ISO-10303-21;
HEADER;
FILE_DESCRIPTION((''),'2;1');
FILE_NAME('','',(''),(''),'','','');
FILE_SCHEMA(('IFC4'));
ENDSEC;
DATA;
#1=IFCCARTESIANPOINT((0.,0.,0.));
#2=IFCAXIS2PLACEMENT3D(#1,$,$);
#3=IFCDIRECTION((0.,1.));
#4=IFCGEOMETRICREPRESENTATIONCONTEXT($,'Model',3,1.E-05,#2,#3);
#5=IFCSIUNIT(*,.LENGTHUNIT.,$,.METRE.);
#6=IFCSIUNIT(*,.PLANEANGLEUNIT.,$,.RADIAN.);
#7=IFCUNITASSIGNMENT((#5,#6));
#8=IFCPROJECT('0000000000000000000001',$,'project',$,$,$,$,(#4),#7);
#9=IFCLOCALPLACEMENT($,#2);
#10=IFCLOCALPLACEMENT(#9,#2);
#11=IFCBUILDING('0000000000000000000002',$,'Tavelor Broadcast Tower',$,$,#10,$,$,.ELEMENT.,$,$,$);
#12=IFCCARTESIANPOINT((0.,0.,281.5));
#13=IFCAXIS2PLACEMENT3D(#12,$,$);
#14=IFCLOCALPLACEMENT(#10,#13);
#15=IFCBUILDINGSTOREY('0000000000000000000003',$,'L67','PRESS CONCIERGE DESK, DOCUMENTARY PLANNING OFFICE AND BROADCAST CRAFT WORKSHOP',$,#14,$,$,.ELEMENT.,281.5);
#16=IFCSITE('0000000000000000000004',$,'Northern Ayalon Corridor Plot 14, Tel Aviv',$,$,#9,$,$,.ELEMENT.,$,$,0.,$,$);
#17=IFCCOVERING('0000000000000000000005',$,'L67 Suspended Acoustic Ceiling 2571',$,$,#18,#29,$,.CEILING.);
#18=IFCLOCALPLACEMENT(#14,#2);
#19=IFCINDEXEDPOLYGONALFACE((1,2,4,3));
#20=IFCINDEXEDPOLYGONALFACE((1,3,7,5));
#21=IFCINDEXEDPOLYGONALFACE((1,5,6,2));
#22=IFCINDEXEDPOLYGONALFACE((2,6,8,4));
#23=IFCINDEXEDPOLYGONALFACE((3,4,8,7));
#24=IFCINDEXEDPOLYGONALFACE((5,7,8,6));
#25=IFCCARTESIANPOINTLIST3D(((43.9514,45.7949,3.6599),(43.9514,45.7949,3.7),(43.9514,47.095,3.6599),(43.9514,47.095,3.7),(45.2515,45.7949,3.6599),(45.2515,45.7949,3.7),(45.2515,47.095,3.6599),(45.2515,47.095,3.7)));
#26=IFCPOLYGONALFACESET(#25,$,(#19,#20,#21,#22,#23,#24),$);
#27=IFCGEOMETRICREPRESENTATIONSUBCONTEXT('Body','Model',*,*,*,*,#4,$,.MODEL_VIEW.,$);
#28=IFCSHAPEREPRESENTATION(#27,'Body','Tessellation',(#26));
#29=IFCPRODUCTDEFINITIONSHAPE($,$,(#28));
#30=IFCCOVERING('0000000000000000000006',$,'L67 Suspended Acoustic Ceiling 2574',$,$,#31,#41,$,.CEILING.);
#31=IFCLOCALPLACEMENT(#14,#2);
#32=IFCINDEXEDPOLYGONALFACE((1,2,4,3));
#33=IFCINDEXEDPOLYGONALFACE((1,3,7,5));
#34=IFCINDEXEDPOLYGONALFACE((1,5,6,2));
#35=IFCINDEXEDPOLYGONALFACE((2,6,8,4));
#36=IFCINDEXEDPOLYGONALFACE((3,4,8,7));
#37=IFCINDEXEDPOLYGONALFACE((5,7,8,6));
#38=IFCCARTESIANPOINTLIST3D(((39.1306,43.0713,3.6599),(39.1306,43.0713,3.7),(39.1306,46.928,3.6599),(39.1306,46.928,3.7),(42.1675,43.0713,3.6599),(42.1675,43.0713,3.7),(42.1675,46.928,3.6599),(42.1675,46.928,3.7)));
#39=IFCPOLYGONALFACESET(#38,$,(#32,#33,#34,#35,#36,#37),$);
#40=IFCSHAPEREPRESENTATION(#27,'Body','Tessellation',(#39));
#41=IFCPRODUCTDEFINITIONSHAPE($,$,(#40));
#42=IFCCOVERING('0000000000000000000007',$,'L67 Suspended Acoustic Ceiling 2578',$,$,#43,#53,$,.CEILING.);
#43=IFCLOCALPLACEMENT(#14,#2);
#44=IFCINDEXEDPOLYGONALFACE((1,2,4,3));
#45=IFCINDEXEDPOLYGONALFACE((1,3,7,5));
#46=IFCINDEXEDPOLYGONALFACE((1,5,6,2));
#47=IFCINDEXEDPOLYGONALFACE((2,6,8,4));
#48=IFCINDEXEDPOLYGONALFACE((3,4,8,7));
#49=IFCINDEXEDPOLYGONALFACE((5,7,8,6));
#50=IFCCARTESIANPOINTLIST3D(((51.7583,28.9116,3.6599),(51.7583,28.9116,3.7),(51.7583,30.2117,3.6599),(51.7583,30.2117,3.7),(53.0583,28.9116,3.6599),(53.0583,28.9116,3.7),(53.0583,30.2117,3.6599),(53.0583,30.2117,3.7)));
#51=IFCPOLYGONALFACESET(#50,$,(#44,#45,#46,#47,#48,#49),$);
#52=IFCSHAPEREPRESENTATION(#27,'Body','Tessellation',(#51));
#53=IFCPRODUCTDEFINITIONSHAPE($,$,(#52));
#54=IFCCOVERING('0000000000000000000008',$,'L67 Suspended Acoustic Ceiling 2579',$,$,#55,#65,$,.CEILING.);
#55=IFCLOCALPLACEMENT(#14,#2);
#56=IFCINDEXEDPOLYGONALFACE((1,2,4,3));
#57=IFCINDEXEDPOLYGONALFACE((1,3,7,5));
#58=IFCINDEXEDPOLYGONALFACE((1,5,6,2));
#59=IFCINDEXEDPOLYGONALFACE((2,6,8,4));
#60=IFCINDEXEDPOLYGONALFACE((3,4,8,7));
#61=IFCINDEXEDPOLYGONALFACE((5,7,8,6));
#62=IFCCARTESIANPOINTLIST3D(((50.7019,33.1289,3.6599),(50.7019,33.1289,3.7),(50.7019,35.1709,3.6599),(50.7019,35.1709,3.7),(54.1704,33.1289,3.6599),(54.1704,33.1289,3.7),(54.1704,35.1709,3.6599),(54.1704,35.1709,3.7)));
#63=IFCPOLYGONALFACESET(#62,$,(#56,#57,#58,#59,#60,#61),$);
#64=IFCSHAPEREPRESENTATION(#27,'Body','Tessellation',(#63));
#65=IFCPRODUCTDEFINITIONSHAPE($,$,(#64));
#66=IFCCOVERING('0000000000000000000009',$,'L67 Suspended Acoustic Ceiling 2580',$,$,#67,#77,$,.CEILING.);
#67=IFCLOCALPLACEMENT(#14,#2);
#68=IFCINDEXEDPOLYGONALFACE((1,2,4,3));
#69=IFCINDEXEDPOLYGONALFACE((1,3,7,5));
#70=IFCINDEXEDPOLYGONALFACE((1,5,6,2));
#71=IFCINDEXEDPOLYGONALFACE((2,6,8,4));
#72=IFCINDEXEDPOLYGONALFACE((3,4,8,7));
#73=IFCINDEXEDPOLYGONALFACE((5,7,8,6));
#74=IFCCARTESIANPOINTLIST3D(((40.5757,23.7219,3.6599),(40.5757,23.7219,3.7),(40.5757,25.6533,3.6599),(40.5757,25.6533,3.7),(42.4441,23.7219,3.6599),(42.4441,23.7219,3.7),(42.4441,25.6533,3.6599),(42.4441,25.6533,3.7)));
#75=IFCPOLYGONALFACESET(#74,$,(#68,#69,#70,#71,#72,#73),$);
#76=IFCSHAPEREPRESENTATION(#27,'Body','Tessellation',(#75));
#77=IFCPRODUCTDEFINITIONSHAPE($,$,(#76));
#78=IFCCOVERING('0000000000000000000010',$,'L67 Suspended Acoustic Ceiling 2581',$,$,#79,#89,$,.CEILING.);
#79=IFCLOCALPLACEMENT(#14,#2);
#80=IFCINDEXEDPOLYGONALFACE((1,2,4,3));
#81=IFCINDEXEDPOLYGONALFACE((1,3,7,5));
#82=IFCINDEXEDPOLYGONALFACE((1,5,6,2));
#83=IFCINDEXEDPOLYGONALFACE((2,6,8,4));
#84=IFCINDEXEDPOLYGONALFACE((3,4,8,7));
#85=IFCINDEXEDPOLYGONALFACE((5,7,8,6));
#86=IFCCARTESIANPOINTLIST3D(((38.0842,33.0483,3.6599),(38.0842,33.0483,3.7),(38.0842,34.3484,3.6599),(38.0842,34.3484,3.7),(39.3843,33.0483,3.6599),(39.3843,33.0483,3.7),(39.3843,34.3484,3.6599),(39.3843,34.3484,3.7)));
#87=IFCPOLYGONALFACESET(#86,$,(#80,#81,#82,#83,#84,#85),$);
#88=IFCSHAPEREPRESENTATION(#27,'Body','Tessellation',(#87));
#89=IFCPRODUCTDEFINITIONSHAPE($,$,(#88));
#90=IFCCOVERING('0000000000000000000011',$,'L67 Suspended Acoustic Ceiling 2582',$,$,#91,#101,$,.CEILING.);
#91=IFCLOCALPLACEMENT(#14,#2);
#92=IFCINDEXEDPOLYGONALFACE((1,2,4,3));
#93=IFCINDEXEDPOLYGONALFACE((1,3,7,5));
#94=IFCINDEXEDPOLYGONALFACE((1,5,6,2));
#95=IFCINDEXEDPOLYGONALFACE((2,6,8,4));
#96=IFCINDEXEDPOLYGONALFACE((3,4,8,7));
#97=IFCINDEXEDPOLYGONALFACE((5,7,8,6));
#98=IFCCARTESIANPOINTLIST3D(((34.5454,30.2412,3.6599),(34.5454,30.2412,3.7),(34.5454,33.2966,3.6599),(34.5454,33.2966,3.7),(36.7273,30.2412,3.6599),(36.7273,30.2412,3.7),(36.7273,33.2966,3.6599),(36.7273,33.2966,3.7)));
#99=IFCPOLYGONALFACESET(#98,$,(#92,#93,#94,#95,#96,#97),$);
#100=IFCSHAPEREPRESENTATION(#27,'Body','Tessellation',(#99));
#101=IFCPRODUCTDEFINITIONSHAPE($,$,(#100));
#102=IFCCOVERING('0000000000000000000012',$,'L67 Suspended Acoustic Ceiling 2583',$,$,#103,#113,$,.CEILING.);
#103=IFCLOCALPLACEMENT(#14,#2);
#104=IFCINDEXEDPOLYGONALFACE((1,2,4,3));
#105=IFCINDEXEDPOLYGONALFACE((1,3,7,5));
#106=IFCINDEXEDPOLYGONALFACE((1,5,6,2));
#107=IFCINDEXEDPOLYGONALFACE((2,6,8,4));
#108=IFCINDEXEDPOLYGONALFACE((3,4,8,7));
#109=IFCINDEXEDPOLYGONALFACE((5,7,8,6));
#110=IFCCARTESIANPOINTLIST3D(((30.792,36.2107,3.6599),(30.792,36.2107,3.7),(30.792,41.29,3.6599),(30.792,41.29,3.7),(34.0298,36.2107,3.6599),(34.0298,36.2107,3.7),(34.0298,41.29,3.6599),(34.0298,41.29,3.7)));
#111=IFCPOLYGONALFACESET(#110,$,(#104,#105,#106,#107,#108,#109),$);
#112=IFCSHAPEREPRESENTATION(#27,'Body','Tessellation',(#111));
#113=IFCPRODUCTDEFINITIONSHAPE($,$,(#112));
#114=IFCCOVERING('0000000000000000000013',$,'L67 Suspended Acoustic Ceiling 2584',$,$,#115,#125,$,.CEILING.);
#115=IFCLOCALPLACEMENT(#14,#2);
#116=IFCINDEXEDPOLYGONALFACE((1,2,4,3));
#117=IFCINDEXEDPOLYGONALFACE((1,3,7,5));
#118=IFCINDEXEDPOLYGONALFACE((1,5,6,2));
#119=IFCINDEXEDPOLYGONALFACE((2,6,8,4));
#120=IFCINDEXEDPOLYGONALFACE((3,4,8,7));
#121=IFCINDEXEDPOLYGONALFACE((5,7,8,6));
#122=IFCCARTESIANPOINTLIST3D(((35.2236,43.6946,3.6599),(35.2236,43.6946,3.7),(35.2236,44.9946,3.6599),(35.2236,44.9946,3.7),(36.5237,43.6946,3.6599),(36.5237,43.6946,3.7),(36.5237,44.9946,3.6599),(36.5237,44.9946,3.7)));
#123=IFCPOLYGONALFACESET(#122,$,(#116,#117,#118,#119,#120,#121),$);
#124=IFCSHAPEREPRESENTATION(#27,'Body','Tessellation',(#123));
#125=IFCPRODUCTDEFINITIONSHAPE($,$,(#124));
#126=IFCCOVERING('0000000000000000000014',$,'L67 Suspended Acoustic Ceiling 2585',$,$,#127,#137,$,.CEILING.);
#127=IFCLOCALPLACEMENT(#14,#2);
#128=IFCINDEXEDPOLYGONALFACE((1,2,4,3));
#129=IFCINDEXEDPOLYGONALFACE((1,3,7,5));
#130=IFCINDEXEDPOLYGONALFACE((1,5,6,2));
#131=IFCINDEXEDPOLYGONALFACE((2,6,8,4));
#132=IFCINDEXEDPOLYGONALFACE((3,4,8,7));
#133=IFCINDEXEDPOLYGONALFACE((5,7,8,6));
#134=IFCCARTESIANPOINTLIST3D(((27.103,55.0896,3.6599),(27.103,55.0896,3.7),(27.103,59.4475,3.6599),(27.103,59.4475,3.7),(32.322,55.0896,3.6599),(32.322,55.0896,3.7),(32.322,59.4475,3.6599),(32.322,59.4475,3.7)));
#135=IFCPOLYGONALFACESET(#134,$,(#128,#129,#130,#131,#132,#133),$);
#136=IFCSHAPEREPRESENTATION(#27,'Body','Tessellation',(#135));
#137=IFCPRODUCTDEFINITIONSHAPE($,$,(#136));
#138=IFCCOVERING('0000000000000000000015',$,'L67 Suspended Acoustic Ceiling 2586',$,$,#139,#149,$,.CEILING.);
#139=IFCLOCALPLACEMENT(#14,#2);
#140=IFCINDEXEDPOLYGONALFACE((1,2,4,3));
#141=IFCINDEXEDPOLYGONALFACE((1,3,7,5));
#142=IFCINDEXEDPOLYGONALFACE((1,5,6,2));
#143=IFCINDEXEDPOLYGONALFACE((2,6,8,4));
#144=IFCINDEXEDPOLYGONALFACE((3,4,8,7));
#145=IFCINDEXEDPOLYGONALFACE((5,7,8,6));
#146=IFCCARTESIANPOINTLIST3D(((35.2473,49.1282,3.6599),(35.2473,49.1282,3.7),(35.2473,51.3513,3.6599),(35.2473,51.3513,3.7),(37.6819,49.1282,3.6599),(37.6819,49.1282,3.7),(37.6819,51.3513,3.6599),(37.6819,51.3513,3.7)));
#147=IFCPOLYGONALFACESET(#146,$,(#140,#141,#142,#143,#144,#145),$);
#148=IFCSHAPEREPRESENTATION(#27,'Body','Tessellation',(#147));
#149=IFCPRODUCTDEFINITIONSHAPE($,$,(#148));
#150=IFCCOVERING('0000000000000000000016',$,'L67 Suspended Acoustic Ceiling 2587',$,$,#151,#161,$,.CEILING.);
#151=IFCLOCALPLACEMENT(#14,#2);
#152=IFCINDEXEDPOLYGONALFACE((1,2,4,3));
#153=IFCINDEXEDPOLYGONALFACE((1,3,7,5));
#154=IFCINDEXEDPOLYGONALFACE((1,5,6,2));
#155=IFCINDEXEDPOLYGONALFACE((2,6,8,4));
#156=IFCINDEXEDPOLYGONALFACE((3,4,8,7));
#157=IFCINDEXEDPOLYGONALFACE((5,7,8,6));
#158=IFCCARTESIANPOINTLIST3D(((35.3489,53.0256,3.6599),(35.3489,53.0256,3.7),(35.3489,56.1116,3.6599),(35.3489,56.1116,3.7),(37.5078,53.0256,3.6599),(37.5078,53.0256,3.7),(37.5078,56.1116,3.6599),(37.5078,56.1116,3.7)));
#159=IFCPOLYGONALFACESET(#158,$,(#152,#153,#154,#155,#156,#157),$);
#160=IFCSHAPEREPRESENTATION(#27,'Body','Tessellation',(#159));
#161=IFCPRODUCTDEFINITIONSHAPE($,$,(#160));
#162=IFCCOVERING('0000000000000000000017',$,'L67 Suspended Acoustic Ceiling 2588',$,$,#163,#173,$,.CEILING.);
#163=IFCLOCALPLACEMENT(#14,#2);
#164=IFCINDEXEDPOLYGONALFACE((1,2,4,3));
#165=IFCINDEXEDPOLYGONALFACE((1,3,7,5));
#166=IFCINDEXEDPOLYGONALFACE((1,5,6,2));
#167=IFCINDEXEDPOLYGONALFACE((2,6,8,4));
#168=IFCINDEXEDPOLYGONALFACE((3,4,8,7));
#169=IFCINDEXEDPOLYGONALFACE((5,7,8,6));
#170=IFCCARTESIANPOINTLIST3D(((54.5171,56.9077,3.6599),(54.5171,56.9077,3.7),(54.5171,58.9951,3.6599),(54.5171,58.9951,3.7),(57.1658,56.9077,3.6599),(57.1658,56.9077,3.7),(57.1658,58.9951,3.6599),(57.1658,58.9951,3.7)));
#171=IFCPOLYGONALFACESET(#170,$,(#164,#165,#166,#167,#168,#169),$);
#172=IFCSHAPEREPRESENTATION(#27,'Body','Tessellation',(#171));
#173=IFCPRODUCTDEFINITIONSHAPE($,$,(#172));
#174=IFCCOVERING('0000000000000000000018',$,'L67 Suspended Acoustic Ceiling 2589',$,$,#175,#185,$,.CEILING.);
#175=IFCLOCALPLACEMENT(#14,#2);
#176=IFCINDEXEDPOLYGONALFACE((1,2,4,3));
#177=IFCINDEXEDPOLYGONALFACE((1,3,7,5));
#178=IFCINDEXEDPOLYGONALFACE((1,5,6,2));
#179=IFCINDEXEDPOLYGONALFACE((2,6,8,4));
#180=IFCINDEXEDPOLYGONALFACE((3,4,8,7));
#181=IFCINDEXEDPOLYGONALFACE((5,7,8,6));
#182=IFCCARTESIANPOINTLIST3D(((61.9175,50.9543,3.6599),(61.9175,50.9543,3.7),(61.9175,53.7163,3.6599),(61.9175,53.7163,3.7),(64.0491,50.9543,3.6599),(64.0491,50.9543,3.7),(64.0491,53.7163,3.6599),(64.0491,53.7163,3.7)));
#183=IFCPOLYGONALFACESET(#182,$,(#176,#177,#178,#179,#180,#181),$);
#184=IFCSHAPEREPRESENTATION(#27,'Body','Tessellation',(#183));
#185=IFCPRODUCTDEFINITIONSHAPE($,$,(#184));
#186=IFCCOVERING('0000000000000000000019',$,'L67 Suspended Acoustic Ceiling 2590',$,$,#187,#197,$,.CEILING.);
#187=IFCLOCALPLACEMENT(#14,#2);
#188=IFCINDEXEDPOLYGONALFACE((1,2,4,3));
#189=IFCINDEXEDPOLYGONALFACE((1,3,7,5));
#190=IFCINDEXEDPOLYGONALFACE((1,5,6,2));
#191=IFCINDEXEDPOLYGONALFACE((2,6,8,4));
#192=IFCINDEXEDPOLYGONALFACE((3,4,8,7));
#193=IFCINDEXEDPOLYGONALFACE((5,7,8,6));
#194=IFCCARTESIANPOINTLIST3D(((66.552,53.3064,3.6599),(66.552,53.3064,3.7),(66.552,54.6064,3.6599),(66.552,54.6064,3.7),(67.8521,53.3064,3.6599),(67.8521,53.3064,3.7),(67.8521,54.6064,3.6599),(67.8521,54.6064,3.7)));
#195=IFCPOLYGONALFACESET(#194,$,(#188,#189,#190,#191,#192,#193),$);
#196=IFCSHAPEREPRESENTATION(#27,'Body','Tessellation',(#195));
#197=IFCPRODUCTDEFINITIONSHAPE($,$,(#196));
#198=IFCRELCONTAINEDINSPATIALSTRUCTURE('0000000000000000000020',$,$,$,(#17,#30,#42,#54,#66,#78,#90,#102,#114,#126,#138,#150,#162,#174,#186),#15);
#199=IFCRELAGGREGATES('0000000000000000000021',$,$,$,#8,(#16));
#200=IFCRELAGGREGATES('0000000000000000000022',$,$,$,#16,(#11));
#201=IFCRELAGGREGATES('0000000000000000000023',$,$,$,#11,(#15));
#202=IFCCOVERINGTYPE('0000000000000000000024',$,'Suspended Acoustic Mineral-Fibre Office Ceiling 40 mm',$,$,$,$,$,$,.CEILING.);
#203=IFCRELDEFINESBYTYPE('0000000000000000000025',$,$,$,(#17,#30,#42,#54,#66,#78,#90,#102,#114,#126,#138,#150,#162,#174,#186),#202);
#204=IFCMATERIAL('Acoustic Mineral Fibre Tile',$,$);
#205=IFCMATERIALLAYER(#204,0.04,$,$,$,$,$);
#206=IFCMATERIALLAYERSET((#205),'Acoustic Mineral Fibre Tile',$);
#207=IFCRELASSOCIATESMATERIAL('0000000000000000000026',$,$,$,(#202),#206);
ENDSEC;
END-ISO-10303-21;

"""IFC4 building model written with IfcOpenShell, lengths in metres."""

from ifc_helpers import new_model, si_unit, direction, frame, origin, place, context, subcontext, project, spatial, polyline, outline, extrude, material, layer, layer_set, type_object, element, save


model = new_model("IFC4")

# Units and contexts
model_context = context("Model", 3, precision=1e-05, world=origin(), true_north=direction((0.0, 1.0)))
body_context = subcontext(model_context, "Body", "Model", "MODEL_VIEW")
ifc_project = project(units=[si_unit("LENGTHUNIT", "METRE"), si_unit("PLANEANGLEUNIT", "RADIAN")], contexts=[model_context])

# Site, building, storey
site_placement = place(None, origin())
site = spatial("IfcSite", under=ifc_project, at=site_placement, Name="Northern Ayalon Corridor Plot 14, Tel Aviv", CompositionType="ELEMENT", RefElevation=0.0)
building_placement = place(site_placement, origin())
building = spatial("IfcBuilding", under=site, at=building_placement, Name="Tavelor Broadcast Tower", CompositionType="ELEMENT")
storey_placement = place(building_placement, frame((0.0, 0.0, 281.5)))
storey = spatial("IfcBuildingStorey", under=building, at=storey_placement, Name="L67", Description="PRESS CONCIERGE DESK, DOCUMENTARY PLANNING OFFICE AND BROADCAST CRAFT WORKSHOP", CompositionType="ELEMENT", Elevation=281.5)

# Coverings
ifc_material_1 = material(Name="Acoustic Mineral Fibre Tile")
ifc_layer_1 = layer(ifc_material_1, 0.04)
ifc_layer_set_1 = layer_set([ifc_layer_1], Name="Acoustic Mineral Fibre Tile")
covering_type_1 = type_object("IfcCoveringType", Name="Suspended Acoustic Mineral-Fibre Office Ceiling 40 mm", PredefinedType="CEILING", material=ifc_layer_set_1)
covering_1_placement = place(storey_placement, frame((0.0, 0.0, 3.6599)))
element("IfcCovering", 1, at=covering_1_placement, inside=storey, type_object=covering_type_1, Name="L67 Suspended Acoustic Ceiling 2571", PredefinedType="CEILING", context=body_context, shape_type="SweptSolid", body=[
    extrude(outline(polyline([(43.9514, 45.7949), (45.2515, 45.7949), (45.2515, 47.095), (43.9514, 47.095), (43.9514, 45.7949)])), origin(), (0.0, 0.0, 1.0), 0.04),
])
covering_2_placement = place(storey_placement, frame((0.0, 0.0, 3.6599)))
element("IfcCovering", 2, at=covering_2_placement, inside=storey, type_object=covering_type_1, Name="L67 Suspended Acoustic Ceiling 2574", PredefinedType="CEILING", context=body_context, shape_type="SweptSolid", body=[
    extrude(outline(polyline([(39.1306, 43.0713), (42.1675, 43.0713), (42.1675, 46.928), (39.1306, 46.928), (39.1306, 43.0713)])), origin(), (0.0, 0.0, 1.0), 0.04),
])
covering_3_placement = place(storey_placement, frame((0.0, 0.0, 3.6599)))
element("IfcCovering", 3, at=covering_3_placement, inside=storey, type_object=covering_type_1, Name="L67 Suspended Acoustic Ceiling 2578", PredefinedType="CEILING", context=body_context, shape_type="SweptSolid", body=[
    extrude(outline(polyline([(51.7583, 28.9116), (53.0583, 28.9116), (53.0583, 30.2117), (51.7583, 30.2117), (51.7583, 28.9116)])), origin(), (0.0, 0.0, 1.0), 0.04),
])
covering_4_placement = place(storey_placement, frame((0.0, 0.0, 3.6599)))
element("IfcCovering", 4, at=covering_4_placement, inside=storey, type_object=covering_type_1, Name="L67 Suspended Acoustic Ceiling 2579", PredefinedType="CEILING", context=body_context, shape_type="SweptSolid", body=[
    extrude(outline(polyline([(50.7019, 33.1289), (54.1704, 33.1289), (54.1704, 35.1709), (50.7019, 35.1709), (50.7019, 33.1289)])), origin(), (0.0, 0.0, 1.0), 0.04),
])
covering_5_placement = place(storey_placement, frame((0.0, 0.0, 3.6599)))
element("IfcCovering", 5, at=covering_5_placement, inside=storey, type_object=covering_type_1, Name="L67 Suspended Acoustic Ceiling 2580", PredefinedType="CEILING", context=body_context, shape_type="SweptSolid", body=[
    extrude(outline(polyline([(40.5757, 23.7219), (42.4441, 23.7219), (42.4441, 25.6533), (40.5757, 25.6533), (40.5757, 23.7219)])), origin(), (0.0, 0.0, 1.0), 0.04),
])
covering_6_placement = place(storey_placement, frame((0.0, 0.0, 3.6599)))
element("IfcCovering", 6, at=covering_6_placement, inside=storey, type_object=covering_type_1, Name="L67 Suspended Acoustic Ceiling 2581", PredefinedType="CEILING", context=body_context, shape_type="SweptSolid", body=[
    extrude(outline(polyline([(38.0842, 33.0483), (39.3843, 33.0483), (39.3843, 34.3484), (38.0842, 34.3484), (38.0842, 33.0483)])), origin(), (0.0, 0.0, 1.0), 0.04),
])
covering_7_placement = place(storey_placement, frame((0.0, 0.0, 3.6599)))
element("IfcCovering", 7, at=covering_7_placement, inside=storey, type_object=covering_type_1, Name="L67 Suspended Acoustic Ceiling 2582", PredefinedType="CEILING", context=body_context, shape_type="SweptSolid", body=[
    extrude(outline(polyline([(34.5454, 30.2412), (36.7273, 30.2412), (36.7273, 33.2966), (34.5454, 33.2966), (34.5454, 30.2412)])), origin(), (0.0, 0.0, 1.0), 0.04),
])
covering_8_placement = place(storey_placement, frame((0.0, 0.0, 3.6599)))
element("IfcCovering", 8, at=covering_8_placement, inside=storey, type_object=covering_type_1, Name="L67 Suspended Acoustic Ceiling 2583", PredefinedType="CEILING", context=body_context, shape_type="SweptSolid", body=[
    extrude(outline(polyline([(30.792, 36.2107), (34.0298, 36.2107), (34.0298, 41.29), (30.792, 41.29), (30.792, 36.2107)])), origin(), (0.0, 0.0, 1.0), 0.04),
])
covering_9_placement = place(storey_placement, frame((0.0, 0.0, 3.6599)))
element("IfcCovering", 9, at=covering_9_placement, inside=storey, type_object=covering_type_1, Name="L67 Suspended Acoustic Ceiling 2584", PredefinedType="CEILING", context=body_context, shape_type="SweptSolid", body=[
    extrude(outline(polyline([(35.2236, 43.6946), (36.5237, 43.6946), (36.5237, 44.9946), (35.2236, 44.9946), (35.2236, 43.6946)])), origin(), (0.0, 0.0, 1.0), 0.04),
])
covering_10_placement = place(storey_placement, frame((0.0, 0.0, 3.6599)))
element("IfcCovering", 10, at=covering_10_placement, inside=storey, type_object=covering_type_1, Name="L67 Suspended Acoustic Ceiling 2585", PredefinedType="CEILING", context=body_context, shape_type="SweptSolid", body=[
    extrude(outline(polyline([(27.103, 55.0896), (32.322, 55.0896), (32.322, 59.4475), (27.103, 59.4475), (27.103, 55.0896)])), origin(), (0.0, 0.0, 1.0), 0.04),
])
covering_11_placement = place(storey_placement, frame((0.0, 0.0, 3.6599)))
element("IfcCovering", 11, at=covering_11_placement, inside=storey, type_object=covering_type_1, Name="L67 Suspended Acoustic Ceiling 2586", PredefinedType="CEILING", context=body_context, shape_type="SweptSolid", body=[
    extrude(outline(polyline([(35.2473, 49.1282), (37.6819, 49.1282), (37.6819, 51.3513), (35.2473, 51.3513), (35.2473, 49.1282)])), origin(), (0.0, 0.0, 1.0), 0.04),
])
covering_12_placement = place(storey_placement, frame((0.0, 0.0, 3.6599)))
element("IfcCovering", 12, at=covering_12_placement, inside=storey, type_object=covering_type_1, Name="L67 Suspended Acoustic Ceiling 2587", PredefinedType="CEILING", context=body_context, shape_type="SweptSolid", body=[
    extrude(outline(polyline([(35.3489, 53.0256), (37.5078, 53.0256), (37.5078, 56.1116), (35.3489, 56.1116), (35.3489, 53.0256)])), origin(), (0.0, 0.0, 1.0), 0.04),
])
covering_13_placement = place(storey_placement, frame((0.0, 0.0, 3.6599)))
element("IfcCovering", 13, at=covering_13_placement, inside=storey, type_object=covering_type_1, Name="L67 Suspended Acoustic Ceiling 2588", PredefinedType="CEILING", context=body_context, shape_type="SweptSolid", body=[
    extrude(outline(polyline([(54.5171, 56.9077), (57.1658, 56.9077), (57.1658, 58.9951), (54.5171, 58.9951), (54.5171, 56.9077)])), origin(), (0.0, 0.0, 1.0), 0.04),
])
covering_14_placement = place(storey_placement, frame((0.0, 0.0, 3.6599)))
element("IfcCovering", 14, at=covering_14_placement, inside=storey, type_object=covering_type_1, Name="L67 Suspended Acoustic Ceiling 2589", PredefinedType="CEILING", context=body_context, shape_type="SweptSolid", body=[
    extrude(outline(polyline([(61.9175, 50.9543), (64.0491, 50.9543), (64.0491, 53.7163), (61.9175, 53.7163), (61.9175, 50.9543)])), origin(), (0.0, 0.0, 1.0), 0.04),
])
covering_15_placement = place(storey_placement, frame((0.0, 0.0, 3.6599)))
element("IfcCovering", 15, at=covering_15_placement, inside=storey, type_object=covering_type_1, Name="L67 Suspended Acoustic Ceiling 2590", PredefinedType="CEILING", context=body_context, shape_type="SweptSolid", body=[
    extrude(outline(polyline([(66.552, 53.3064), (67.8521, 53.3064), (67.8521, 54.6064), (66.552, 54.6064), (66.552, 53.3064)])), origin(), (0.0, 0.0, 1.0), 0.04),
])

save(model, "model.ifc")
